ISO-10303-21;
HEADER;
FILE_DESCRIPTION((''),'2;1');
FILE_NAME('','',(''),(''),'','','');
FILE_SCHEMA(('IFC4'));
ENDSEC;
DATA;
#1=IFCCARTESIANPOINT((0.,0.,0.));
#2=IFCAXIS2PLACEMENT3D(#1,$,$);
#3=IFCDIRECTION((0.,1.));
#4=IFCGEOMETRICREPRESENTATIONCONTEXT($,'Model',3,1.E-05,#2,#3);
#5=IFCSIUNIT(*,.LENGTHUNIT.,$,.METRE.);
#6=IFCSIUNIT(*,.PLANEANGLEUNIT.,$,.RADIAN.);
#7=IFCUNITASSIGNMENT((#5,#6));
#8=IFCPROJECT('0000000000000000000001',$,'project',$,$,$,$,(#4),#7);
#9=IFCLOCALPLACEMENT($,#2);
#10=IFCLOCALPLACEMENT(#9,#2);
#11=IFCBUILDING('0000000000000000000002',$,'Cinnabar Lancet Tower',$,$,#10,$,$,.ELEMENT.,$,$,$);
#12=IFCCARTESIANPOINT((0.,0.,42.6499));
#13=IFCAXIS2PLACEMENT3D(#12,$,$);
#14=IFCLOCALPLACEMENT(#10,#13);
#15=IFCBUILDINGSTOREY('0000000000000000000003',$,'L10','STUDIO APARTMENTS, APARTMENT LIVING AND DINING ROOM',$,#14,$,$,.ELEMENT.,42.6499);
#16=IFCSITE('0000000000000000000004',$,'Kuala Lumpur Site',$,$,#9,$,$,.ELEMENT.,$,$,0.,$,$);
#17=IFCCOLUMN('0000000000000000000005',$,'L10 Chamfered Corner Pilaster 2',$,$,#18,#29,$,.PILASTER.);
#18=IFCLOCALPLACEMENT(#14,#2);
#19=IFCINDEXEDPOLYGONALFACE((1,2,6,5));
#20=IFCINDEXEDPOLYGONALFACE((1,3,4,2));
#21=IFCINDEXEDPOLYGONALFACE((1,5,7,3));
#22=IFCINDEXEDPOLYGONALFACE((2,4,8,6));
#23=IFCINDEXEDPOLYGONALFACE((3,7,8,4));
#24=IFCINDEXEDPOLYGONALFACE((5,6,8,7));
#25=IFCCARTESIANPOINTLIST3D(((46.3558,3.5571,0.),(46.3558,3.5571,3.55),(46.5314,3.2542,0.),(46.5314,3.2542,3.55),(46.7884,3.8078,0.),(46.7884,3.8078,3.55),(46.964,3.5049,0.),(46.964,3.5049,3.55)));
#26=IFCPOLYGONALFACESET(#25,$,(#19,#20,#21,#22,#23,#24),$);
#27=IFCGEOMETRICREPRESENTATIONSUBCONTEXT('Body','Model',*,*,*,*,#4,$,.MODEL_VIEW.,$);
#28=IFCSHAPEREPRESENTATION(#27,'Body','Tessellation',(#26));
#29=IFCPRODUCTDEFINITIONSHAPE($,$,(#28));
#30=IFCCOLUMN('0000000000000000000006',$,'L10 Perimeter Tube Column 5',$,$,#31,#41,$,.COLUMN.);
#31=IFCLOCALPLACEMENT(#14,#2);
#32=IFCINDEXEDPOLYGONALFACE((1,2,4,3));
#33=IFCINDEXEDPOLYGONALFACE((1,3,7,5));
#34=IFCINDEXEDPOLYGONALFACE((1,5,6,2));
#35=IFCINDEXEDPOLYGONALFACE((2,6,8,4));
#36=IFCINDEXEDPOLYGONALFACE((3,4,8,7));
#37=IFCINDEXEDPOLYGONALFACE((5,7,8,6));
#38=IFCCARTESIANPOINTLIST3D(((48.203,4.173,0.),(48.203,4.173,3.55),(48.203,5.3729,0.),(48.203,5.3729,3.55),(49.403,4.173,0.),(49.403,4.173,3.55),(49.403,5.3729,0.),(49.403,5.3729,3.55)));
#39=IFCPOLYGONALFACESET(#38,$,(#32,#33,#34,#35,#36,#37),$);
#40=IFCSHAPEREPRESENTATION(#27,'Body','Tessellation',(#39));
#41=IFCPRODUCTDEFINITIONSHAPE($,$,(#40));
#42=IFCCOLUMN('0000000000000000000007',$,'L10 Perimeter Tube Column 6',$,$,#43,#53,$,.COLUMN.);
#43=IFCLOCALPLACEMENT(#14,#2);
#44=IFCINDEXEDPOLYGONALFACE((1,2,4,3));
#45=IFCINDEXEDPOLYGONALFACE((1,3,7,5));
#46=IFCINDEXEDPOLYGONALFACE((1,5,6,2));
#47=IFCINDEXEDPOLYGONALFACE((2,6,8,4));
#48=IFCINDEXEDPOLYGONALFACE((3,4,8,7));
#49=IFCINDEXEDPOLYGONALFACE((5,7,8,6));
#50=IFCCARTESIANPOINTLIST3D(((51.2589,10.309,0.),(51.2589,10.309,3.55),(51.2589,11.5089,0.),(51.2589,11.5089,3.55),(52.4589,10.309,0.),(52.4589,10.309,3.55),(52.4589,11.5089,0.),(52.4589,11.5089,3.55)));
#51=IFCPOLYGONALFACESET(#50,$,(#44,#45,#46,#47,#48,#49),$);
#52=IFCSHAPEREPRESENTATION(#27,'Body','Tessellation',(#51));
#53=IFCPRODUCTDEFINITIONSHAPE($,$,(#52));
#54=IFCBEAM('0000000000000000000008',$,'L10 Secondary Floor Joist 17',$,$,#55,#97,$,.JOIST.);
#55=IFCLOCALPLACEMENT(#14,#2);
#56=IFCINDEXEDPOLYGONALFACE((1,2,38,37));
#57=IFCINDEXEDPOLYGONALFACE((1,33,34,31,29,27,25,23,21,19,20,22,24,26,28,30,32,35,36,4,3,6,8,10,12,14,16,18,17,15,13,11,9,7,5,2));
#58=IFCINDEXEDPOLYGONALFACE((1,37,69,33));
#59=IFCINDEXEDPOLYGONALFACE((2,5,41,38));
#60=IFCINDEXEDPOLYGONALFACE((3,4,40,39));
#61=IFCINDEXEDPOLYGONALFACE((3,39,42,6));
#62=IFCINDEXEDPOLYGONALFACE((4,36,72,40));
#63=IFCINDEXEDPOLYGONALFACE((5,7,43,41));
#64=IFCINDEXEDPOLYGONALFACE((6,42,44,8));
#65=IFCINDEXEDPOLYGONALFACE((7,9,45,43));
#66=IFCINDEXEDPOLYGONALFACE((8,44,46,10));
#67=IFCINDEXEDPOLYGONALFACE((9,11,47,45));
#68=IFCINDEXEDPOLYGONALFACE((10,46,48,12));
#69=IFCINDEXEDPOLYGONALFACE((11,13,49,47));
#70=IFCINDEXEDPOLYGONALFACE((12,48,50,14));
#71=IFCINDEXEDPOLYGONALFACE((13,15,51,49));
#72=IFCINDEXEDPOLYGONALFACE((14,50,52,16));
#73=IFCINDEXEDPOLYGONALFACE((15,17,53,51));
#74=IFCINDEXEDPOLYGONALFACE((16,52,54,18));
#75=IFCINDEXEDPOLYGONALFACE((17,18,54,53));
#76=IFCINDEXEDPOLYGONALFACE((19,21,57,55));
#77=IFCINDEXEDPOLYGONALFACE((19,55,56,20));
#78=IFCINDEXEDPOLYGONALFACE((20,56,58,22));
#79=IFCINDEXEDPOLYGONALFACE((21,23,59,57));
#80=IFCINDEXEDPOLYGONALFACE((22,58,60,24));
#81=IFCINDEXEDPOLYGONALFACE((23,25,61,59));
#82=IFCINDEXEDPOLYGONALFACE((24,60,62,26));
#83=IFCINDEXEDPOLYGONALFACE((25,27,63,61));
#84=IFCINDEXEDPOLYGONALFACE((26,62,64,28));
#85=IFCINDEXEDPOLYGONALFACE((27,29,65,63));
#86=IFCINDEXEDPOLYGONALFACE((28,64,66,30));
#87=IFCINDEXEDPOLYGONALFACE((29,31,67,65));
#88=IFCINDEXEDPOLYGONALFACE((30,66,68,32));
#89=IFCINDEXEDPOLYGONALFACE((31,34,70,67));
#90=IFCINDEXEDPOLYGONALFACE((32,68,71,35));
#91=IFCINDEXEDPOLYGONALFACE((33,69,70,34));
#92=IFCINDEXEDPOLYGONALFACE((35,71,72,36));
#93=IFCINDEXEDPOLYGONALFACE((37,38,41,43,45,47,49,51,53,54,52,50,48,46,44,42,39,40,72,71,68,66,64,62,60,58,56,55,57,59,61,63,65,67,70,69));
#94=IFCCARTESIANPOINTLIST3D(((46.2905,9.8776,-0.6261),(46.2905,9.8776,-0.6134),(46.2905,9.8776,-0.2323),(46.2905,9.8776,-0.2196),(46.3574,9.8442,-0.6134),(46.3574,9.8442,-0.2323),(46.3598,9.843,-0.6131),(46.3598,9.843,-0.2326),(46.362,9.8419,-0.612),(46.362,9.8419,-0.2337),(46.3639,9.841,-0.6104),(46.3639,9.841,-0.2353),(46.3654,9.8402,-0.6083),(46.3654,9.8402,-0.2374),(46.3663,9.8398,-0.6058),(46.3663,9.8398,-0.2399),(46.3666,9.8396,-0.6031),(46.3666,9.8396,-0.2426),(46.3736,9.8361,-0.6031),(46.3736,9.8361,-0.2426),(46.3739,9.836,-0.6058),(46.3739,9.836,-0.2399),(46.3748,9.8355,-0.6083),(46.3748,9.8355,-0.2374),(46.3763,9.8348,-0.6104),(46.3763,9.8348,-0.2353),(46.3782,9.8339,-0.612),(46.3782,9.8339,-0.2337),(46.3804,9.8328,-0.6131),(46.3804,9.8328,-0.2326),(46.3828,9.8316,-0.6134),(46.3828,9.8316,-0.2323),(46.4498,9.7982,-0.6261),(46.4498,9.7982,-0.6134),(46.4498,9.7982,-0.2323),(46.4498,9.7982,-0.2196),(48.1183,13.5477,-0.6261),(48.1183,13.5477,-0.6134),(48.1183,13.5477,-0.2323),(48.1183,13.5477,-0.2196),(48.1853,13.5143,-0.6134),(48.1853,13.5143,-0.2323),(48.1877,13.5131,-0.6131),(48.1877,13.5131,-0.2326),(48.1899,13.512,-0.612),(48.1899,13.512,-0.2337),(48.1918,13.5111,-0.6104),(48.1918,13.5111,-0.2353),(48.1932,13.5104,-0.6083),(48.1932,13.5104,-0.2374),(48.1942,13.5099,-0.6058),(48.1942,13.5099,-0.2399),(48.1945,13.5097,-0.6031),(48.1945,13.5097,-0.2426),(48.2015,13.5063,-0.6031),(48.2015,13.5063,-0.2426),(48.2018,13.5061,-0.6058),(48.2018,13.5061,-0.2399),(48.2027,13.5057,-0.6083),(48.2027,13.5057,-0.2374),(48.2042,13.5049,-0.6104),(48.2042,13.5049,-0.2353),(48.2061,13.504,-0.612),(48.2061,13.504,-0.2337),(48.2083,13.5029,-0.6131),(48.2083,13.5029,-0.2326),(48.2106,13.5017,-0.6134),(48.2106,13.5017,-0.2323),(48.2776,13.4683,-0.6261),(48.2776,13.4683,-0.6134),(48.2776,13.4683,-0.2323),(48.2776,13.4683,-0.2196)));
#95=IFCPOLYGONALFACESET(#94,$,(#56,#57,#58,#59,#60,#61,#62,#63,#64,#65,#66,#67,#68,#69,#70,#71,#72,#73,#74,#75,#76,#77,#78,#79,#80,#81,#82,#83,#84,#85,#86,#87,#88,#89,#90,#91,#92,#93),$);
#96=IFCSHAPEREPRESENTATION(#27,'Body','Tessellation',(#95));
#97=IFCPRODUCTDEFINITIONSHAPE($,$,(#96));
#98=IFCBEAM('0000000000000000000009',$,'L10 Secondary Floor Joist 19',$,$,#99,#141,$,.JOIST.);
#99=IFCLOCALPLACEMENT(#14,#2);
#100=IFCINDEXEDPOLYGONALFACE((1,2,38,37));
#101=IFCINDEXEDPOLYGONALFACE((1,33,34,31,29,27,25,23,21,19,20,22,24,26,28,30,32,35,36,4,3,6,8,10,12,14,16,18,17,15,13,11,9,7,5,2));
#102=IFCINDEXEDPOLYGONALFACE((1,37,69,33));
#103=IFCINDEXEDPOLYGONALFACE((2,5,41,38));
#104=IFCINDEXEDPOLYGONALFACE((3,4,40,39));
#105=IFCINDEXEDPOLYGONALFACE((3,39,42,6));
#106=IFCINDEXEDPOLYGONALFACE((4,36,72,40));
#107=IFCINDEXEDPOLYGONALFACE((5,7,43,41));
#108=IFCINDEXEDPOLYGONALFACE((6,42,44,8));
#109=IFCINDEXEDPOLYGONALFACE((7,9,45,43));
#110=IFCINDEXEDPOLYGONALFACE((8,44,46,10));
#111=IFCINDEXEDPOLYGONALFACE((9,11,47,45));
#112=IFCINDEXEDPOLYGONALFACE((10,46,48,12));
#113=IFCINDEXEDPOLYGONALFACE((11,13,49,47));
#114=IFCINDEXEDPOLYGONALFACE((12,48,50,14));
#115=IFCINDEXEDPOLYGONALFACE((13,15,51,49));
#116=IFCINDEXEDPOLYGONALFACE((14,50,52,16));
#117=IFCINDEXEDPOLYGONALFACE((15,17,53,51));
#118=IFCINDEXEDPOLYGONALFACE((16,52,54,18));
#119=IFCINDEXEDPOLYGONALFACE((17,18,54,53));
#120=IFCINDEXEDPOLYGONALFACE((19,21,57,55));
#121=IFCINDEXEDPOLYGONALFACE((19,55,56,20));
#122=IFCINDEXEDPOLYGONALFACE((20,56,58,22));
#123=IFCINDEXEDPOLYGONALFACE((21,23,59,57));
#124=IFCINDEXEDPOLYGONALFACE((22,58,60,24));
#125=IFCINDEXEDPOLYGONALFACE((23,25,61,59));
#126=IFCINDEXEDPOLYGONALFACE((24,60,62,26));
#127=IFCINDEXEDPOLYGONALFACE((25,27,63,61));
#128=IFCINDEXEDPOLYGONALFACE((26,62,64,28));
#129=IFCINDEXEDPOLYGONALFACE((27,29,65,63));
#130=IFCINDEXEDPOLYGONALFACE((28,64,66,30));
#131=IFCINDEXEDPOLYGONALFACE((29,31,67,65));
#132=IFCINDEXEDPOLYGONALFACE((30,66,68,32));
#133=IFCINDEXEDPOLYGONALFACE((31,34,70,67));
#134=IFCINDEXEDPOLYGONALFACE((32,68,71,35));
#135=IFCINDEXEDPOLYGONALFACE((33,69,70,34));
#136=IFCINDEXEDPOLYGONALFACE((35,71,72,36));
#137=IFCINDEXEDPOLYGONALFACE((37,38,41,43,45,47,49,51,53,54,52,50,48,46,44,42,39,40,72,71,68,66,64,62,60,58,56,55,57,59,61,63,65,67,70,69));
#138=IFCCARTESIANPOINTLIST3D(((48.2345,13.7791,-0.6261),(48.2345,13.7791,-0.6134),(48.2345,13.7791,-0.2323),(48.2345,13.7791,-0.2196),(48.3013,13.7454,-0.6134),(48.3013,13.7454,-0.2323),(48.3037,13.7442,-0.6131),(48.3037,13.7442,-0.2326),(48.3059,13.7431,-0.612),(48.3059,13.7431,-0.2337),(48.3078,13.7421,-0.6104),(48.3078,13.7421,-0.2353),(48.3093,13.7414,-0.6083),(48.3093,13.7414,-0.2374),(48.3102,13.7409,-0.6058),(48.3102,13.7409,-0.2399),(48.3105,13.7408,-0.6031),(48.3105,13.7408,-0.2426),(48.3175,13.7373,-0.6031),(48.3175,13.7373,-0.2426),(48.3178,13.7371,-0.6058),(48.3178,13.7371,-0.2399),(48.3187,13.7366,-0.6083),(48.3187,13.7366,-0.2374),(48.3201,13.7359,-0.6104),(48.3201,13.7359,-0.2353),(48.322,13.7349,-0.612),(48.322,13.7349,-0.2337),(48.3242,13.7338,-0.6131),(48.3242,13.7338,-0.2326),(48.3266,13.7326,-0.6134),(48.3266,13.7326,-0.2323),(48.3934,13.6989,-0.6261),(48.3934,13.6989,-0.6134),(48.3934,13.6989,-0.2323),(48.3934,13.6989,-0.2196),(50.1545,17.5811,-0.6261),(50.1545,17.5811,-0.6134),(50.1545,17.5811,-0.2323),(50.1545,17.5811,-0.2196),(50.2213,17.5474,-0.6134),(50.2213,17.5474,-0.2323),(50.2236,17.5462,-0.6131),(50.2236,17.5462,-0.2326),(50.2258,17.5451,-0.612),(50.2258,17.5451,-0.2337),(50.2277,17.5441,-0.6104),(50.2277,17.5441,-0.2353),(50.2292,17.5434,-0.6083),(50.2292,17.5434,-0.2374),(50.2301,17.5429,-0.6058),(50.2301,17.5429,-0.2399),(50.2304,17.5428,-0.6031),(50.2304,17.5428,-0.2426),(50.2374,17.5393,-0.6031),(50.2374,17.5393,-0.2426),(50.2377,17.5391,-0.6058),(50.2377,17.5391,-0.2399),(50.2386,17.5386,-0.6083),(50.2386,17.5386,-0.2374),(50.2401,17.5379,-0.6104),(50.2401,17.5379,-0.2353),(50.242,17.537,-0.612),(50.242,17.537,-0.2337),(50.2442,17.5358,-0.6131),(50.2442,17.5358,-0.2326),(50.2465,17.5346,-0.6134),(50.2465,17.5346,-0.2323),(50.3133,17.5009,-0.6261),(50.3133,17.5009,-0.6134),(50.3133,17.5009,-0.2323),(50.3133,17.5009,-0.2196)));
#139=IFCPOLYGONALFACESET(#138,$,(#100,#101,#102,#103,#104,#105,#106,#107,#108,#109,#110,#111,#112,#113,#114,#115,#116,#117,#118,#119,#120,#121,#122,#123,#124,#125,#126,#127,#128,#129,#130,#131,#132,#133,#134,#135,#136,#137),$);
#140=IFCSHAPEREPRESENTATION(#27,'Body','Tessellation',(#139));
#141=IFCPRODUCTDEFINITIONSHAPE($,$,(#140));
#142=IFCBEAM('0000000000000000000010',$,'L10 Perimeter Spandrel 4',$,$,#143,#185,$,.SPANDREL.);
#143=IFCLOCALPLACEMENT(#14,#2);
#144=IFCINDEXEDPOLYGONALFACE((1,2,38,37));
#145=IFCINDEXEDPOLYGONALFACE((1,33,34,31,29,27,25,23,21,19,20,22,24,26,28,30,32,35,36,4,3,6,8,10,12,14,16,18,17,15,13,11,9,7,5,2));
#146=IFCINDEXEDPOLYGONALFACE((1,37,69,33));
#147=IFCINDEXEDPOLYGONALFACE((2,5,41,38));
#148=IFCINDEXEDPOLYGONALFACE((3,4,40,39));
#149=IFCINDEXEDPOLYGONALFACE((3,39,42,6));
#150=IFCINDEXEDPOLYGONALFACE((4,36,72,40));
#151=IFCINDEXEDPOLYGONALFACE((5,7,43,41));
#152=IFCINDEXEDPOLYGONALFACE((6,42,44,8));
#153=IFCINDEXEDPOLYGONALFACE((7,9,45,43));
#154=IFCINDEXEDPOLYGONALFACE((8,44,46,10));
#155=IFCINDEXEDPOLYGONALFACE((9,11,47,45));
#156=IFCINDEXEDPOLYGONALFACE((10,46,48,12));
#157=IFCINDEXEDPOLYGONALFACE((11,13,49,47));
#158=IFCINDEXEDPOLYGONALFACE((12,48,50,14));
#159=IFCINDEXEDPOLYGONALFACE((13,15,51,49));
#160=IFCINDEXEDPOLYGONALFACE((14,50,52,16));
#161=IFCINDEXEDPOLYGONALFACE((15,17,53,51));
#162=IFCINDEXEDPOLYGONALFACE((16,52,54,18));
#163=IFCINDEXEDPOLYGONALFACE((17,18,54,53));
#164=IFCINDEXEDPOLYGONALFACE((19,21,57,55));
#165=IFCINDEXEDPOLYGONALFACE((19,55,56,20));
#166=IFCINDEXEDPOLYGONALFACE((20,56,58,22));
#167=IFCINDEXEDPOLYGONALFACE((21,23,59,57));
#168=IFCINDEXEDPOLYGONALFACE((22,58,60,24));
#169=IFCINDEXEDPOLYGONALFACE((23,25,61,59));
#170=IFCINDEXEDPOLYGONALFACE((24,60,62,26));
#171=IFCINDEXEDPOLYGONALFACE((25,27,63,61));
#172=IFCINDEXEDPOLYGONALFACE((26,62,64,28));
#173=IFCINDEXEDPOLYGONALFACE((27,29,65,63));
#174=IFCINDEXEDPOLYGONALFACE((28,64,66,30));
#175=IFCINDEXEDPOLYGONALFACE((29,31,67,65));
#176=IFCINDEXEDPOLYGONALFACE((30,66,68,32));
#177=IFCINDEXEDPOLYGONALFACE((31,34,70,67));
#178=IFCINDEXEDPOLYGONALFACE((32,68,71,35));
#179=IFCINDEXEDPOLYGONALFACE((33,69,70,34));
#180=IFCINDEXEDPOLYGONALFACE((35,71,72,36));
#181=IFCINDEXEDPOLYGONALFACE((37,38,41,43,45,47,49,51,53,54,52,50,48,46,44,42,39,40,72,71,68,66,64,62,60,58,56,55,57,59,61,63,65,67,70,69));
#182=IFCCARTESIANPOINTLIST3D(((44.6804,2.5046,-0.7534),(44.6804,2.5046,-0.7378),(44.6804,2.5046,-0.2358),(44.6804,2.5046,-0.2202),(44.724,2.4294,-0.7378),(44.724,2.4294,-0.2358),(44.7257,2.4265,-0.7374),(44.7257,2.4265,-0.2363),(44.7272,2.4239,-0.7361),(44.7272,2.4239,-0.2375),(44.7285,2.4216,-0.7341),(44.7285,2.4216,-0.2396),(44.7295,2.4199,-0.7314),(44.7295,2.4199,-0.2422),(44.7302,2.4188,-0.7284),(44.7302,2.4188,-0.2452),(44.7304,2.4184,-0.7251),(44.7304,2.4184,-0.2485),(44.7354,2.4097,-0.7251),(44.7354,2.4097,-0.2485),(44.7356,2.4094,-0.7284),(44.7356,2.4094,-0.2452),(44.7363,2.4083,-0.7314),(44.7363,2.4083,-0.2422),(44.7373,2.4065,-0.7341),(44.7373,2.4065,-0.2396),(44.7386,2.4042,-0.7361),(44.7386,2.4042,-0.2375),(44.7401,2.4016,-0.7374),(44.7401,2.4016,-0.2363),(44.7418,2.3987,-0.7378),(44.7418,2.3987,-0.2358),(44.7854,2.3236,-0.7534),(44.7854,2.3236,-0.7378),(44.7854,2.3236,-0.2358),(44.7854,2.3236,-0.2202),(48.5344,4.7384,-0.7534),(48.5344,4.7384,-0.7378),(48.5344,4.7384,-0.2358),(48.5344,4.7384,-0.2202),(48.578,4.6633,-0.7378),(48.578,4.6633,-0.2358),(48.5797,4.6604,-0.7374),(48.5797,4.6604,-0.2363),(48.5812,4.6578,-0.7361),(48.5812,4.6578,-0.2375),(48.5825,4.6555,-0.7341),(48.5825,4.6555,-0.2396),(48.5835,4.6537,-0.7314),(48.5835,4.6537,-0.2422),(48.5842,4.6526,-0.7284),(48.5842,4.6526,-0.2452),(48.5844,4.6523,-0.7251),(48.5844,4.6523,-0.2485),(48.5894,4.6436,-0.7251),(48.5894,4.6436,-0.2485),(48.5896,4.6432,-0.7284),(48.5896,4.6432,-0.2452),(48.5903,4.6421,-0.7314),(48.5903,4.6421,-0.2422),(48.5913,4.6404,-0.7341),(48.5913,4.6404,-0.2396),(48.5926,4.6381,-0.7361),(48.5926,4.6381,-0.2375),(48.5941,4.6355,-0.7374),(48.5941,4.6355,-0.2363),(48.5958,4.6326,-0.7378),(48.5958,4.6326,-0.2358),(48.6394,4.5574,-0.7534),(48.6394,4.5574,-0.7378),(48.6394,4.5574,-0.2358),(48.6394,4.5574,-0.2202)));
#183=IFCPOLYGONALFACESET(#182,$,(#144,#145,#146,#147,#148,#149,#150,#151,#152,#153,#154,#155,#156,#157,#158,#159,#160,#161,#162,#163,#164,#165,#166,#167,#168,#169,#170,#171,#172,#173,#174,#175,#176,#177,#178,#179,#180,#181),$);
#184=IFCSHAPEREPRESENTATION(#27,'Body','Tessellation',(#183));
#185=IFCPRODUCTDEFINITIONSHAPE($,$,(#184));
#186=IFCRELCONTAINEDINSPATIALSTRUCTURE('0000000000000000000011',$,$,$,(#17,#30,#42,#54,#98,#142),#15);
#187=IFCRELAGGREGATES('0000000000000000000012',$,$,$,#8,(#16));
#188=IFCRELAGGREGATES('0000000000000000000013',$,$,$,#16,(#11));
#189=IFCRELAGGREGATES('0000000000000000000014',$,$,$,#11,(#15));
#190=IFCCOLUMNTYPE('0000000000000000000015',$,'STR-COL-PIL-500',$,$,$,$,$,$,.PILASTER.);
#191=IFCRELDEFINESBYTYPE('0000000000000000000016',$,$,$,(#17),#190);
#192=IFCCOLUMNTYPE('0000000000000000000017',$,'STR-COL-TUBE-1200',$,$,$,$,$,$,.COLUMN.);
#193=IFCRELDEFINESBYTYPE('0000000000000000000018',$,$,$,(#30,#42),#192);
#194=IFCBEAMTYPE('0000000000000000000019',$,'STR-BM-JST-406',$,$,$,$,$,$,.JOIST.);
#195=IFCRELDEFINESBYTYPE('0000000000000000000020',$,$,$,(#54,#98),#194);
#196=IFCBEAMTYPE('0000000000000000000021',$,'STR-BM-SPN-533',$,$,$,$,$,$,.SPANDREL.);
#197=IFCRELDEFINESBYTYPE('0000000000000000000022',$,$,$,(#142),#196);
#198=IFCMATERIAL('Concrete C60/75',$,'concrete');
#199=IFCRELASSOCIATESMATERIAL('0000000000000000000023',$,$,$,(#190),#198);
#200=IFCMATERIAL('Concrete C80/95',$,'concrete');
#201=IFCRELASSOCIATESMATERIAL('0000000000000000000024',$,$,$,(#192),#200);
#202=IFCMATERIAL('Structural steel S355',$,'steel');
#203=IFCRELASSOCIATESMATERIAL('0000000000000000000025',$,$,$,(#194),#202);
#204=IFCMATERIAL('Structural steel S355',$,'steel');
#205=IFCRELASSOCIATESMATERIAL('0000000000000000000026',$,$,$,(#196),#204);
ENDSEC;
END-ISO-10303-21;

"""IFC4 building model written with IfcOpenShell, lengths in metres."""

from ifc_helpers import new_model, si_unit, direction, frame, origin, origin_2d, place, context, subcontext, project, spatial, rectangle, i_section, extrude, material, material_profile, profile_set, type_object, element, save


model = new_model("IFC4")

# Units and contexts
model_context = context("Model", 3, precision=1e-05, world=origin(), true_north=direction((0.0, 1.0)))
body_context = subcontext(model_context, "Body", "Model", "MODEL_VIEW")
ifc_project = project(units=[si_unit("LENGTHUNIT", "METRE"), si_unit("PLANEANGLEUNIT", "RADIAN")], contexts=[model_context])

# Site, building, storey
site_placement = place(None, origin())
site = spatial("IfcSite", under=ifc_project, at=site_placement, Name="Kuala Lumpur Site", CompositionType="ELEMENT", RefElevation=0.0)
building_placement = place(site_placement, origin())
building = spatial("IfcBuilding", under=site, at=building_placement, Name="Cinnabar Lancet Tower", CompositionType="ELEMENT")
storey_placement = place(building_placement, frame((0.0, 0.0, 42.6499)))
storey = spatial("IfcBuildingStorey", under=building, at=storey_placement, Name="L10", Description="STUDIO APARTMENTS, APARTMENT LIVING AND DINING ROOM", CompositionType="ELEMENT", Elevation=42.6499)

# Columns
ifc_material_1 = material(Name="Concrete C60/75", Category="concrete")
ifc_material_profile_1 = material_profile(ifc_material_1, rectangle(XDim=0.5, YDim=0.3501, at=origin_2d()), Name="RC-PIL 500x350")
ifc_profile_set_1 = profile_set([ifc_material_profile_1], Name="Concrete C60/75")
column_type_1 = type_object("IfcColumnType", Name="STR-COL-PIL-500", PredefinedType="PILASTER", material=ifc_profile_set_1)
column_placement = place(storey_placement, frame((46.6599, 3.531, 0.0), z_axis=(0.0, 0.0, 1.0), x_axis=(0.865195, 0.501435, 0.0)))
element("IfcColumn", 1, at=column_placement, inside=storey, type_object=column_type_1, Name="L10 Chamfered Corner Pilaster 2", PredefinedType="PILASTER", context=body_context, shape_type="SweptSolid", body=[
    extrude(rectangle(XDim=0.5, YDim=0.3501, at=origin_2d()), origin(), (0.0, 0.0, 1.0), 3.55),
])
ifc_material_2 = material(Name="Concrete C80/95", Category="concrete")
ifc_material_profile_2 = material_profile(ifc_material_2, rectangle(XDim=1.2, YDim=1.2, at=origin_2d()), Name="RC-COL 1200x1200")
ifc_profile_set_2 = profile_set([ifc_material_profile_2], Name="Concrete C80/95")
column_type_2 = type_object("IfcColumnType", Name="STR-COL-TUBE-1200", PredefinedType="COLUMN", material=ifc_profile_set_2)
for number, where, z_axis, x_axis, name in (
    (2, (48.803, 4.7729, 0.0), (0.0, 0.0, 1.0), (1.0, 0.0, 0.0), "L10 Perimeter Tube Column 5"),
    (3, (51.8589, 10.9089, 0.0), (0.0, 0.0, 1.0), (1.0, 0.0, 0.0), "L10 Perimeter Tube Column 6"),
):
    element("IfcColumn", number, at=place(storey_placement, frame(where, z_axis=z_axis, x_axis=x_axis)), inside=storey, type_object=column_type_2, Name=name, PredefinedType="COLUMN", context=body_context, shape_type="SweptSolid", body=[
        extrude(rectangle(XDim=1.2, YDim=1.2, at=origin_2d()), origin(), (0.0, 0.0, 1.0), 3.55),
    ])

# Beams
ifc_material_3 = material(Name="Structural steel S355", Category="steel")
ifc_material_profile_3 = material_profile(ifc_material_3, i_section(OverallWidth=0.178, OverallDepth=0.4065, WebThickness=0.0078, FlangeThickness=0.0127, FilletRadius=0.0103, at=origin_2d()), Name="UKB 406x178x60")
ifc_profile_set_3 = profile_set([ifc_material_profile_3], Name="Structural steel S355")
beam_type_1 = type_object("IfcBeamType", Name="STR-BM-JST-406", PredefinedType="JOIST", material=ifc_profile_set_3)
beam_1_placement = place(storey_placement, frame((46.3701, 9.8379, -0.4229), z_axis=(0.445808, 0.895129, 0.0), x_axis=(-0.895129, 0.445808, 0.0)))
element("IfcBeam", 4, at=beam_1_placement, inside=storey, type_object=beam_type_1, Name="L10 Secondary Floor Joist 17", PredefinedType="JOIST", context=body_context, shape_type="SweptSolid", body=[
    extrude(i_section(OverallWidth=0.178, OverallDepth=0.4065, WebThickness=0.0078, FlangeThickness=0.0127, FilletRadius=0.0103, at=origin_2d()), origin(), (0.0, 0.0, 1.0), 4.1001),
])
beam_2_placement = place(storey_placement, frame((48.314, 13.739, -0.4229), z_axis=(0.450764, 0.892643, 0.0), x_axis=(-0.892643, 0.450764, 0.0)))
element("IfcBeam", 5, at=beam_2_placement, inside=storey, type_object=beam_type_1, Name="L10 Secondary Floor Joist 19", PredefinedType="JOIST", context=body_context, shape_type="SweptSolid", body=[
    extrude(i_section(OverallWidth=0.178, OverallDepth=0.4065, WebThickness=0.0078, FlangeThickness=0.0127, FilletRadius=0.0103, at=origin_2d()), origin(), (0.0, 0.0, 1.0), 4.2593),
])
ifc_material_4 = material(Name="Structural steel S355", Category="steel")
ifc_material_profile_4 = material_profile(ifc_material_4, i_section(OverallWidth=0.2092, OverallDepth=0.5332, WebThickness=0.01, FlangeThickness=0.0156, FilletRadius=0.0127, at=origin_2d()), Name="UKB 533x210x92")
ifc_profile_set_4 = profile_set([ifc_material_profile_4], Name="Structural steel S355")
beam_type_2 = type_object("IfcBeamType", Name="STR-BM-SPN-533", PredefinedType="SPANDREL", material=ifc_profile_set_4)
beam_3_placement = place(storey_placement, frame((44.7329, 2.4141, -0.4868), z_axis=(0.865171, 0.501477, 0.0), x_axis=(-0.501477, 0.865171, 0.0)))
element("IfcBeam", 6, at=beam_3_placement, inside=storey, type_object=beam_type_2, Name="L10 Perimeter Spandrel 4", PredefinedType="SPANDREL", context=body_context, shape_type="SweptSolid", body=[
    extrude(i_section(OverallWidth=0.2092, OverallDepth=0.5332, WebThickness=0.01, FlangeThickness=0.0156, FilletRadius=0.0127, at=origin_2d()), origin(), (0.0, 0.0, 1.0), 4.4546),
])

save(model, "model.ifc")
